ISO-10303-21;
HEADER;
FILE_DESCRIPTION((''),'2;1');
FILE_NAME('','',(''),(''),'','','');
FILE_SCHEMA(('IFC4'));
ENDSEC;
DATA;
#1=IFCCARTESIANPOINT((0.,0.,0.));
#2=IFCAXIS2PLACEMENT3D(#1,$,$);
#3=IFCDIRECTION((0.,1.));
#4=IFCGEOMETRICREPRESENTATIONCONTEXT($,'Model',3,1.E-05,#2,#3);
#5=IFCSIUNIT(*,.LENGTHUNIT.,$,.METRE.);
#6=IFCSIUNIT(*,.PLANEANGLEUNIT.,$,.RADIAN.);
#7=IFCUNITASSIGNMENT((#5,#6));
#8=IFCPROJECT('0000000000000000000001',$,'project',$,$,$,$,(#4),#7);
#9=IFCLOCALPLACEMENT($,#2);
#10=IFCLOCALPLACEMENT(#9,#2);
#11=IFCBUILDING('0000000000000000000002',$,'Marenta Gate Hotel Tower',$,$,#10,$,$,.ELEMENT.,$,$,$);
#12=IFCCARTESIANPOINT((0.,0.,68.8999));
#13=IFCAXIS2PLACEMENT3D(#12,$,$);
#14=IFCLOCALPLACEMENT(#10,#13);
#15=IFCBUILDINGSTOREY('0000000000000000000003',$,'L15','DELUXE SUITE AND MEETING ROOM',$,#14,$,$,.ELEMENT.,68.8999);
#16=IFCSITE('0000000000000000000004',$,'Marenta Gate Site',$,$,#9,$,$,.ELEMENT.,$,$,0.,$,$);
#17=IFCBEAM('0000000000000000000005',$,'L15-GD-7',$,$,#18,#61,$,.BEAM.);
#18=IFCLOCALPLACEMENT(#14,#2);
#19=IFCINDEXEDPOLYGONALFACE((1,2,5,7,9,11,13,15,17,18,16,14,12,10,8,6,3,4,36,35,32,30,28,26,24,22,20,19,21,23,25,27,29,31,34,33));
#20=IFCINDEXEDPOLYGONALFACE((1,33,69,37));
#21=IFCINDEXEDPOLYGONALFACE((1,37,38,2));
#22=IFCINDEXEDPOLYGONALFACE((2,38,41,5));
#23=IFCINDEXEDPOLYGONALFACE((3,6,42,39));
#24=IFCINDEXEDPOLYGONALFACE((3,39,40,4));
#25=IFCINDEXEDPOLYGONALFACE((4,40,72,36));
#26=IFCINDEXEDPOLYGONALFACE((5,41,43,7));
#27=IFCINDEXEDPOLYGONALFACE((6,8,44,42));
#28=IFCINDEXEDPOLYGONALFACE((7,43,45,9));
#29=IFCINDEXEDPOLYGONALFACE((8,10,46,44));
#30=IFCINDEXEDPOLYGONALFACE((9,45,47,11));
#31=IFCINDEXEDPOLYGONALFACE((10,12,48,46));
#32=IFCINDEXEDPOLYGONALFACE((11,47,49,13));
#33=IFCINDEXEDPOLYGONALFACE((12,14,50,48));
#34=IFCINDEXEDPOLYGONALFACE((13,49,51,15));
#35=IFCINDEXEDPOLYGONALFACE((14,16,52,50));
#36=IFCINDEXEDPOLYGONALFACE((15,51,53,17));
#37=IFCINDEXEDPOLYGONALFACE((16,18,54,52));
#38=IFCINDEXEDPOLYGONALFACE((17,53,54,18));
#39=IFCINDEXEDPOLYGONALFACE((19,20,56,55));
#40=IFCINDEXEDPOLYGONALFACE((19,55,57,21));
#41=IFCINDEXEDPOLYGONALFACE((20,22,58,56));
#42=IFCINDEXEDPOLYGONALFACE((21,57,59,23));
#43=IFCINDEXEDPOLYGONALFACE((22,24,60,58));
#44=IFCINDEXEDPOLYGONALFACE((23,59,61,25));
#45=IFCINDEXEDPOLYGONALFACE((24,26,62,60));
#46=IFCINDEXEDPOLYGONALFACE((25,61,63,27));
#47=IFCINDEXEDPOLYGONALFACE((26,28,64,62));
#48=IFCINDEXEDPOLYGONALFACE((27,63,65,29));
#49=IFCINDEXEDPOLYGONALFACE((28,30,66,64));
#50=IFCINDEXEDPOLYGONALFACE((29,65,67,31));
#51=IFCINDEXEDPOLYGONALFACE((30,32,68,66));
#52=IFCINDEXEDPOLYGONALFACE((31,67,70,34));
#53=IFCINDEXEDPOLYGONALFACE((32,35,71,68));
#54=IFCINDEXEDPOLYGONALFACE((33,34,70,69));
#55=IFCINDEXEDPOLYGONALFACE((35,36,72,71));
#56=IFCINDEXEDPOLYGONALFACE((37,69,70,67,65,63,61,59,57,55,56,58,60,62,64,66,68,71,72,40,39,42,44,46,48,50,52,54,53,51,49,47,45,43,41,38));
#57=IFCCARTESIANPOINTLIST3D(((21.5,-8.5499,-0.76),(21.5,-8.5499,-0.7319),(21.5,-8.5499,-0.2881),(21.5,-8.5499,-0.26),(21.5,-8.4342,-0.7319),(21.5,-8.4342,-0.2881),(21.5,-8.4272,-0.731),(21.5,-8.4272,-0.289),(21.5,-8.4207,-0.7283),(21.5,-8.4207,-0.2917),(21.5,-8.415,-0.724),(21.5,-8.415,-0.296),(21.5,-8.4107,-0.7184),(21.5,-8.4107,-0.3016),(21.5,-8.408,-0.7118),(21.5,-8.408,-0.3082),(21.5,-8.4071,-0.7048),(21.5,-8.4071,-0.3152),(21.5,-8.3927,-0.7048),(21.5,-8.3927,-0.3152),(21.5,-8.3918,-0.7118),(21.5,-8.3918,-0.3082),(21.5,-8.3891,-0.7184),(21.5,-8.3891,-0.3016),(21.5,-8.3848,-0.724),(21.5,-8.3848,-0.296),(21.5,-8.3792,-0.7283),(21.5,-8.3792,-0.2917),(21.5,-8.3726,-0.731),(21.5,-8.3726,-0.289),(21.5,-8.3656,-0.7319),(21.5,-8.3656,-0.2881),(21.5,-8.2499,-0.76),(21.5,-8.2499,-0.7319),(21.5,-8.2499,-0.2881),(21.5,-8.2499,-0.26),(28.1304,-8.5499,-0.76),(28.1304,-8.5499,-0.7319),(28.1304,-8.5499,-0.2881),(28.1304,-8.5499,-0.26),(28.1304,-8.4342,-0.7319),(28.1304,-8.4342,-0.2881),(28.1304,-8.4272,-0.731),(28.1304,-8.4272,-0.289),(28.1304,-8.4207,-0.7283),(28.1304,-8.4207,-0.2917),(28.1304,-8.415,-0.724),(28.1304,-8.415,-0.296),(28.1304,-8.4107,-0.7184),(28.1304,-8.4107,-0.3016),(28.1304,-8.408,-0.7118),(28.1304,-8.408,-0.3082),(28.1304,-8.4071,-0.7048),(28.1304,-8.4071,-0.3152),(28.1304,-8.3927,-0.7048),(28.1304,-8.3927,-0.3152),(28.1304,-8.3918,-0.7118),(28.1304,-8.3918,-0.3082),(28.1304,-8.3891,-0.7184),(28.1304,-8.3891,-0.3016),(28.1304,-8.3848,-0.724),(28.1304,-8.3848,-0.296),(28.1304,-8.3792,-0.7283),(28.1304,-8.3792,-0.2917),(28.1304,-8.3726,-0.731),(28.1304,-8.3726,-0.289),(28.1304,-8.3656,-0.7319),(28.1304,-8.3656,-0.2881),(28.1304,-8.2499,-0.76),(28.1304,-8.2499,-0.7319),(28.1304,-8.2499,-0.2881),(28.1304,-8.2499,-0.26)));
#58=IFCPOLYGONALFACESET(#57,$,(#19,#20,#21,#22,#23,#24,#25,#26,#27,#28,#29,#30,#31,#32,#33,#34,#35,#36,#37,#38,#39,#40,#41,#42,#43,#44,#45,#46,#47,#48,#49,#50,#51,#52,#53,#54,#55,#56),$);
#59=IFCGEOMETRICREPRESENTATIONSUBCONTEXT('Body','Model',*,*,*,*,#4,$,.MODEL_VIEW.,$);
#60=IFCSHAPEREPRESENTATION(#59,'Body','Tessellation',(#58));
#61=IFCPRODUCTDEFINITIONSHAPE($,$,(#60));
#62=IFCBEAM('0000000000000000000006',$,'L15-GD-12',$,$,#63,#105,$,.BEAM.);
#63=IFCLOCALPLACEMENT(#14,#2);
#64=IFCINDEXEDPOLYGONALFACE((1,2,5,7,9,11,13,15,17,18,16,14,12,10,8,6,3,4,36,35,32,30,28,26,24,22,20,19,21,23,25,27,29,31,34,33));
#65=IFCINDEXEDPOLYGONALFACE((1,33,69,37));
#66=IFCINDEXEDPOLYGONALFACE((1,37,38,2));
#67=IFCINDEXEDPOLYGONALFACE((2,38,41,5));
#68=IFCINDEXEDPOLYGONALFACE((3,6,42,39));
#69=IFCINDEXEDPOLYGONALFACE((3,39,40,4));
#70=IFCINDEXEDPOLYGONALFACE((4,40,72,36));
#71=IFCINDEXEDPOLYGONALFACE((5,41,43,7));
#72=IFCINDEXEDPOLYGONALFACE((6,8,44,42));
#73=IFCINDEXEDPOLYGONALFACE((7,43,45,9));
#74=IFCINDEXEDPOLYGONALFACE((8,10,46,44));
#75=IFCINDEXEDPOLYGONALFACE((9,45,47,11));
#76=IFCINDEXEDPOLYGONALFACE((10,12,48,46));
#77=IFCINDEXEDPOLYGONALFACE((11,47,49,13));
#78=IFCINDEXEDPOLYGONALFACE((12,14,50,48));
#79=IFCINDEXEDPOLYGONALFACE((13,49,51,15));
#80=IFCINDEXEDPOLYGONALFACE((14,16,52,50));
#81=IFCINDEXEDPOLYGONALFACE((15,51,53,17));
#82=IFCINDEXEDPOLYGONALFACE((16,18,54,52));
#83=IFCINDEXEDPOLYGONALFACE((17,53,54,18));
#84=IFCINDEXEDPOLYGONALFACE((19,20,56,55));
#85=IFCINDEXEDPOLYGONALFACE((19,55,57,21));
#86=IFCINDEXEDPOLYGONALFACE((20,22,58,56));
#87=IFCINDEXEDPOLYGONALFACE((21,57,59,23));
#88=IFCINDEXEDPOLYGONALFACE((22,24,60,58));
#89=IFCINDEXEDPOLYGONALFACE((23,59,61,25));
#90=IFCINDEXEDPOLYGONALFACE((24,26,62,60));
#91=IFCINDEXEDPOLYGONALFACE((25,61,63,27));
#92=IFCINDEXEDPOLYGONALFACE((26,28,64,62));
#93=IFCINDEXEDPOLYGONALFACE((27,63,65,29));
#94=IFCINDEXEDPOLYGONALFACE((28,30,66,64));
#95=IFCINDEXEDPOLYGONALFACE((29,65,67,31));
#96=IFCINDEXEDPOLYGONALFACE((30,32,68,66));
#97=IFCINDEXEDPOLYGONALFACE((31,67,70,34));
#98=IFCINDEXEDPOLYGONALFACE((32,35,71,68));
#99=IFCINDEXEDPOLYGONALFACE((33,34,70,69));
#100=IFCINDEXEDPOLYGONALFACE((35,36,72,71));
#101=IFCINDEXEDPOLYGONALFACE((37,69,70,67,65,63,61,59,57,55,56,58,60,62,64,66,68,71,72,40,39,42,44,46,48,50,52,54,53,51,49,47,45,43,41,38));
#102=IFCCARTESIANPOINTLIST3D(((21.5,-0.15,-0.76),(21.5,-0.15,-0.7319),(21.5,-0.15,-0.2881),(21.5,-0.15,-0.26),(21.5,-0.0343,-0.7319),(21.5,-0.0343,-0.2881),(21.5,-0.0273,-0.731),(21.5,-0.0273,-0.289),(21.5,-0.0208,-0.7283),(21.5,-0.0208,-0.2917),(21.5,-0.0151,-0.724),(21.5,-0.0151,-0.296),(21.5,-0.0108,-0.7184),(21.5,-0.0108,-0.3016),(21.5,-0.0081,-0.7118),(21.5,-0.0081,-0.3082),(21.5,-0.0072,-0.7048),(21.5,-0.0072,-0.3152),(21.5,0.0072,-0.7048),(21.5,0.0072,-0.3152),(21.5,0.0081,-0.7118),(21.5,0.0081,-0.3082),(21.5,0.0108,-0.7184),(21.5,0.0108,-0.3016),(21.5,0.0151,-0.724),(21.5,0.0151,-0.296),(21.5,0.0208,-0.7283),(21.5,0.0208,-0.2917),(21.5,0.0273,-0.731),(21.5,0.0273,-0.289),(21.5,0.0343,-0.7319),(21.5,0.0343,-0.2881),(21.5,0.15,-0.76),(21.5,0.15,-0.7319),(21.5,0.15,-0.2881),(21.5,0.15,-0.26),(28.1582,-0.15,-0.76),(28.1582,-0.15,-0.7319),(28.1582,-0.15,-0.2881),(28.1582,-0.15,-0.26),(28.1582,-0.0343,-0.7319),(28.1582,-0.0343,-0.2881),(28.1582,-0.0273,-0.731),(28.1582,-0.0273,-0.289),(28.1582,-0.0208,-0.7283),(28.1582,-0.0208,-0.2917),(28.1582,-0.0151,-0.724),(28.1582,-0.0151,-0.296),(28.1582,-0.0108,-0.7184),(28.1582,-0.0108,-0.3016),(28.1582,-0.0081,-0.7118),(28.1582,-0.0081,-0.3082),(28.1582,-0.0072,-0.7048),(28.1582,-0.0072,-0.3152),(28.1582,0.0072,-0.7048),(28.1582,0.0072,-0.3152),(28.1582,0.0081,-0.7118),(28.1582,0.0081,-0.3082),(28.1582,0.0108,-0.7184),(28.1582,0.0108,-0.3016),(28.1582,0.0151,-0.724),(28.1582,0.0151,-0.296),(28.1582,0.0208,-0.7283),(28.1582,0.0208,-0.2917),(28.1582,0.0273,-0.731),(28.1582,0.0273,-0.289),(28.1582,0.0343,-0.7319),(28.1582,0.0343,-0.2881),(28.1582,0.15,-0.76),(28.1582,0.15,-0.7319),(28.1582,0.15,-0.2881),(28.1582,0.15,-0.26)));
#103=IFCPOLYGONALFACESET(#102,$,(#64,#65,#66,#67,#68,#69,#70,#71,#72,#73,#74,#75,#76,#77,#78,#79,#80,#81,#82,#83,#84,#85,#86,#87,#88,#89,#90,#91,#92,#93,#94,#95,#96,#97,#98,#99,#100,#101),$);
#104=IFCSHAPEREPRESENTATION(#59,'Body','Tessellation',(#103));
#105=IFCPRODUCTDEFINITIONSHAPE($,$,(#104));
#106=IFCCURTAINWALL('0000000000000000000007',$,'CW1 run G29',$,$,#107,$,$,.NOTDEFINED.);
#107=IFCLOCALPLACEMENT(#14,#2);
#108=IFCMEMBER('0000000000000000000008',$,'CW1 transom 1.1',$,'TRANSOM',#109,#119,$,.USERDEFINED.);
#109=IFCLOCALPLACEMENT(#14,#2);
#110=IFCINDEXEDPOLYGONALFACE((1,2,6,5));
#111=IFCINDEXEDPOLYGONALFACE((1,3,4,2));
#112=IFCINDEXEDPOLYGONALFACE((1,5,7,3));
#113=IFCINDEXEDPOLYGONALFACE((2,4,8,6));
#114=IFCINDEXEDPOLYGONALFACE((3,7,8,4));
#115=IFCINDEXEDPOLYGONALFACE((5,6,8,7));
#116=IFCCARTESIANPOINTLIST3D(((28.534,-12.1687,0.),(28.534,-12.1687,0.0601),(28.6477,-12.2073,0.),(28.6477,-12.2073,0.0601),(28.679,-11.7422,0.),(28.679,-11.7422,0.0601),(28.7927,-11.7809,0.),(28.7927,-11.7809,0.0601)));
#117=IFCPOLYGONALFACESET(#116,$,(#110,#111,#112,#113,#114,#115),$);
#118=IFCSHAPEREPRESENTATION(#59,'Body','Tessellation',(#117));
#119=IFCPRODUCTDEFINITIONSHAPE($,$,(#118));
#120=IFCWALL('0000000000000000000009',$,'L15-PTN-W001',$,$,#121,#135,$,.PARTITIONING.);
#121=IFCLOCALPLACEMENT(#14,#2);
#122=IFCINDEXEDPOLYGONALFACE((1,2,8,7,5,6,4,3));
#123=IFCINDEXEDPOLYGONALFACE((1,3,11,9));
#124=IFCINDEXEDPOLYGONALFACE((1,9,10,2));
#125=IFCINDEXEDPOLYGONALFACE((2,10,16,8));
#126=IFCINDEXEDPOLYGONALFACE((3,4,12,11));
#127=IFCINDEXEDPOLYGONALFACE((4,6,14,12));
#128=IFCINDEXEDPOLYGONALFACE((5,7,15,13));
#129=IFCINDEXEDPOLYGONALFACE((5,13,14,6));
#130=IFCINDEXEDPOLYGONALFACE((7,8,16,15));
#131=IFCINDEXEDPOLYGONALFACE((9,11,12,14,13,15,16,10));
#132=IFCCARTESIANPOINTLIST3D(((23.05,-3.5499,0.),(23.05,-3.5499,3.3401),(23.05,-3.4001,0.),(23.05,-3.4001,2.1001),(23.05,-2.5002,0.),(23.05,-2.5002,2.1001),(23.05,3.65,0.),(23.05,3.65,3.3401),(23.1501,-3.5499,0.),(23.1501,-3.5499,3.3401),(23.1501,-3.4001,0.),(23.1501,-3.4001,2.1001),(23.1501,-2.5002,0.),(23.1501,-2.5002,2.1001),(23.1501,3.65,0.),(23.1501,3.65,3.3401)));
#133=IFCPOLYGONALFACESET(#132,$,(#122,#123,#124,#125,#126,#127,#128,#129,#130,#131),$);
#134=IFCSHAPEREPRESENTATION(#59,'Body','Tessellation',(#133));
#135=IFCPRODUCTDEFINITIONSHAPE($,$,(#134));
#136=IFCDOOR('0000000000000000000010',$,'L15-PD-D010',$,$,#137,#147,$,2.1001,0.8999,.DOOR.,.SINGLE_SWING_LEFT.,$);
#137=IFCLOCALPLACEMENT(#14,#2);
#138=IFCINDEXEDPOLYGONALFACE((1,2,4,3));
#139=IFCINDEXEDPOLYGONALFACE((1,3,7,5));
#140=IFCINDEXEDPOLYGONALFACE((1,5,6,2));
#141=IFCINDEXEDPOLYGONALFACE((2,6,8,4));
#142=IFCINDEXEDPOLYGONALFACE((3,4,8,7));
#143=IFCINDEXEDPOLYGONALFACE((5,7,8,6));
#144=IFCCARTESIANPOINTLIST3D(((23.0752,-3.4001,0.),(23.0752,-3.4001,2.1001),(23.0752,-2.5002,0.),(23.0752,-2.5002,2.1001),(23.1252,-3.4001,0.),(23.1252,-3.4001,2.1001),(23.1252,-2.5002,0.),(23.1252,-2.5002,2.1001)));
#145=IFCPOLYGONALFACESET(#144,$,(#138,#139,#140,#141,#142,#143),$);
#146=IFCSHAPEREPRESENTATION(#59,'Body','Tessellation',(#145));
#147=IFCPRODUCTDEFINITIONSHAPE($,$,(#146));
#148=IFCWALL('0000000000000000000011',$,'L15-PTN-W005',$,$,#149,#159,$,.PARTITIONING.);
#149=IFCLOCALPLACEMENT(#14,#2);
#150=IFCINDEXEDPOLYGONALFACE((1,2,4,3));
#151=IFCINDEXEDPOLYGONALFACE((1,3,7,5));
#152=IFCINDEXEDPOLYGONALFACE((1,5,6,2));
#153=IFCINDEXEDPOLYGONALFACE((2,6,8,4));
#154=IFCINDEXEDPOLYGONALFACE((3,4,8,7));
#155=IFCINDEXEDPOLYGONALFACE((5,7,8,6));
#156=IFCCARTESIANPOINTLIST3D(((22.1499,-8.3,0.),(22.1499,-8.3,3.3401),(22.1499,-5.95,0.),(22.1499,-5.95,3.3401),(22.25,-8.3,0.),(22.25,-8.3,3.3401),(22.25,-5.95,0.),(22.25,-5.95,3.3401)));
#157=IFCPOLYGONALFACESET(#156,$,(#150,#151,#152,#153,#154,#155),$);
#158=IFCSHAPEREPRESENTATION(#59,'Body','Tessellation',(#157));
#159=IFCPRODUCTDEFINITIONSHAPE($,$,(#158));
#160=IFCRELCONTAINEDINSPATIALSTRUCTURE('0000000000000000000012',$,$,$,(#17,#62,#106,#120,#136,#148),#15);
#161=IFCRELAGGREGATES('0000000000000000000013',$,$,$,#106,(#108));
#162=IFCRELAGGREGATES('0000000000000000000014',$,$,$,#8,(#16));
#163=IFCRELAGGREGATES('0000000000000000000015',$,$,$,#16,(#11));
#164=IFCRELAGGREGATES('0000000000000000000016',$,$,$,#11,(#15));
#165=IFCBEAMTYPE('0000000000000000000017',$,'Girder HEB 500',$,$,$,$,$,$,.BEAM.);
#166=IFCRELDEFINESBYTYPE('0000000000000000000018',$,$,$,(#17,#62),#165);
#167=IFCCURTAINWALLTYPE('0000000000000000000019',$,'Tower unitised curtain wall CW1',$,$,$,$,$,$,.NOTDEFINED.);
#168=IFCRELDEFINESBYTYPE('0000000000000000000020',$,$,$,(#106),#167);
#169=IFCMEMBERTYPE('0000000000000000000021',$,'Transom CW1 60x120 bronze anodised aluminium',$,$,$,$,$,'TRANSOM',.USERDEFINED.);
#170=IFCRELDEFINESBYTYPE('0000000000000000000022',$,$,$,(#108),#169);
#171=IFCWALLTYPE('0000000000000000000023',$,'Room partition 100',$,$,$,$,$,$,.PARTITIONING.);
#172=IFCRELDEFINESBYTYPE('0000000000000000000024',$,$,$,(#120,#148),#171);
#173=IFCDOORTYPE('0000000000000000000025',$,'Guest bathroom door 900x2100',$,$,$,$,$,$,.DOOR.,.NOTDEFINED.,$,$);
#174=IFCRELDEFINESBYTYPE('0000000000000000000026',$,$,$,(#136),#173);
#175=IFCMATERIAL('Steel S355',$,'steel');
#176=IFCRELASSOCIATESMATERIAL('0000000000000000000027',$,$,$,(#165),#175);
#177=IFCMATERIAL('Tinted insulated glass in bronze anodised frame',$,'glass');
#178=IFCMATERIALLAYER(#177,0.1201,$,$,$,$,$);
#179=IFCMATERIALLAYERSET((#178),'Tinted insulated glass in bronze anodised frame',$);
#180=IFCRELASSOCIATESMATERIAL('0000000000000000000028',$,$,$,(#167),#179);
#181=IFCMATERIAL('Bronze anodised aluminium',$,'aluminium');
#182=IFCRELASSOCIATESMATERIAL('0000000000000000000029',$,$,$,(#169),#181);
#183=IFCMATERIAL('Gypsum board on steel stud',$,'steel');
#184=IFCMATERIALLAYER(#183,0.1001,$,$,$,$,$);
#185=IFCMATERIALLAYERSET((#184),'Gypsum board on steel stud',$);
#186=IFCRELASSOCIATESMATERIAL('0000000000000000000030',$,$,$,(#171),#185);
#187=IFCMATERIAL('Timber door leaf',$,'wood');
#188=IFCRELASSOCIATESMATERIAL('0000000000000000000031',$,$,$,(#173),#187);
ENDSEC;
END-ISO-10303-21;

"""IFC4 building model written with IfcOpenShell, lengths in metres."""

from ifc_helpers import new_model, si_unit, direction, frame, frame_2d, origin, origin_2d, place, context, subcontext, project, spatial, rectangle, i_section, extrude, material, layer, layer_set, material_profile, profile_set, type_object, element, fill, aggregate, save


model = new_model("IFC4")

# Units and contexts
model_context = context("Model", 3, precision=1e-05, world=origin(), true_north=direction((0.0, 1.0)))
body_context = subcontext(model_context, "Body", "Model", "MODEL_VIEW")
ifc_project = project(units=[si_unit("LENGTHUNIT", "METRE"), si_unit("PLANEANGLEUNIT", "RADIAN")], contexts=[model_context])

# Site, building, storey
site_placement = place(None, origin())
site = spatial("IfcSite", under=ifc_project, at=site_placement, Name="Marenta Gate Site", CompositionType="ELEMENT", RefElevation=0.0)
building_placement = place(site_placement, origin())
building = spatial("IfcBuilding", under=site, at=building_placement, Name="Marenta Gate Hotel Tower", CompositionType="ELEMENT")
storey_placement = place(building_placement, frame((0.0, 0.0, 68.8999)))
storey = spatial("IfcBuildingStorey", under=building, at=storey_placement, Name="L15", Description="DELUXE SUITE AND MEETING ROOM", CompositionType="ELEMENT", Elevation=68.8999)

# Beams
ifc_material_1 = material(Name="Steel S355", Category="steel")
ifc_material_profile_1 = material_profile(ifc_material_1, i_section(OverallWidth=0.3, OverallDepth=0.5, WebThickness=0.0144, FlangeThickness=0.0281, FilletRadius=0.0271, at=origin_2d()), Name="HEB 500")
ifc_profile_set_1 = profile_set([ifc_material_profile_1], Name="Steel S355")
beam_type_1 = type_object("IfcBeamType", Name="Girder HEB 500", PredefinedType="BEAM", material=ifc_profile_set_1)
beam_1_placement = place(storey_placement, frame((21.5, -8.3999, -0.51), z_axis=(1.0, 0.0, 0.0), x_axis=(0.0, 1.0, 0.0)))
element("IfcBeam", 1, at=beam_1_placement, inside=storey, type_object=beam_type_1, Name="L15-GD-7", PredefinedType="BEAM", context=body_context, shape_type="SweptSolid", body=[
    extrude(i_section(OverallWidth=0.3, OverallDepth=0.5, WebThickness=0.0144, FlangeThickness=0.0281, FilletRadius=0.0271, at=origin_2d()), origin(), (0.0, 0.0, 1.0), 6.6304),
])
beam_2_placement = place(storey_placement, frame((21.5, 0.0, -0.51), z_axis=(1.0, 0.0, 0.0), x_axis=(0.0, 1.0, 0.0)))
element("IfcBeam", 2, at=beam_2_placement, inside=storey, type_object=beam_type_1, Name="L15-GD-12", PredefinedType="BEAM", context=body_context, shape_type="SweptSolid", body=[
    extrude(i_section(OverallWidth=0.3, OverallDepth=0.5, WebThickness=0.0144, FlangeThickness=0.0281, FilletRadius=0.0271, at=origin_2d()), origin(), (0.0, 0.0, 1.0), 6.6582),
])

# Curtain wall, member
ifc_material_2 = material(Name="Tinted insulated glass in bronze anodised frame", Category="glass")
ifc_layer_1 = layer(ifc_material_2, 0.1201)
ifc_layer_set_1 = layer_set([ifc_layer_1], Name="Tinted insulated glass in bronze anodised frame")
curtain_wall_type = type_object("IfcCurtainWallType", Name="Tower unitised curtain wall CW1", PredefinedType="NOTDEFINED", material=ifc_layer_set_1)
curtain_wall_placement = place(storey_placement, origin())
curtain_wall = element("IfcCurtainWall", 3, at=curtain_wall_placement, inside=storey, type_object=curtain_wall_type, Name="CW1 run G29", PredefinedType="NOTDEFINED")
ifc_material_3 = material(Name="Bronze anodised aluminium", Category="aluminium")
ifc_material_profile_2 = material_profile(ifc_material_3, rectangle(XDim=0.1201, YDim=0.0601, at=origin_2d()), Name="Transom CW1 60x120 bronze anodised aluminium")
ifc_profile_set_2 = profile_set([ifc_material_profile_2], Name="Bronze anodised aluminium")
member_type = type_object("IfcMemberType", Name="Transom CW1 60x120 bronze anodised aluminium", ElementType="TRANSOM", PredefinedType="USERDEFINED", material=ifc_profile_set_2)
member_placement = place(storey_placement, frame((28.5908, -12.188, 0.03), z_axis=(0.321912, 0.946769, 0.0), x_axis=(-0.946769, 0.321912, 0.0)))
member = element("IfcMember", 4, at=member_placement, type_object=member_type, Name="CW1 transom 1.1", ObjectType="TRANSOM", PredefinedType="USERDEFINED", context=body_context, shape_type="SweptSolid", body=[
    extrude(rectangle(XDim=0.1201, YDim=0.0601, at=origin_2d()), origin(), (0.0, 0.0, 1.0), 0.4504),
])
aggregate(curtain_wall, [member])

# Wall, opening, door
ifc_material_4 = material(Name="Gypsum board on steel stud", Category="steel")
ifc_layer_2 = layer(ifc_material_4, 0.1001)
ifc_layer_set_2 = layer_set([ifc_layer_2], Name="Gypsum board on steel stud")
wall_type_1 = type_object("IfcWallType", Name="Room partition 100", PredefinedType="PARTITIONING", material=ifc_layer_set_2)
wall_1_placement = place(storey_placement, frame((23.1001, -3.55, 0.0), z_axis=(0.0, 0.0, 1.0), x_axis=(0.0, 1.0, 0.0)))
wall_1 = element("IfcWall", 5, at=wall_1_placement, inside=storey, type_object=wall_type_1, Name="L15-PTN-W001", PredefinedType="PARTITIONING", context=body_context, shape_type="SweptSolid", body=[
    extrude(rectangle(XDim=7.2, YDim=0.1001, at=frame_2d((3.6001, 0.0))), origin(), (0.0, 0.0, 1.0), 3.3401),
])
opening_1_placement = place(wall_1_placement, frame((0.1499, 0.0, 0.0)))
opening_1 = element("IfcOpeningElement", 6, at=opening_1_placement, cuts=wall_1, PredefinedType="OPENING", context=body_context, shape_type="SweptSolid", body=[
    extrude(rectangle(XDim=0.8999, YDim=2.1001, at=frame_2d((0.45, 1.05))), frame((0.0, 0.05, 0.0), z_axis=(0.0, -1.0, 0.0), x_axis=(1.0, 0.0, 0.0)), (0.0, 0.0, 1.0), 0.1001),
])
ifc_material_5 = material(Name="Timber door leaf", Category="wood")
door_type_1 = type_object("IfcDoorType", Name="Guest bathroom door 900x2100", OperationType="NOTDEFINED", PredefinedType="DOOR", material=ifc_material_5)
door_1_placement = place(opening_1_placement, origin())
door_1 = element("IfcDoor", 7, at=door_1_placement, inside=storey, type_object=door_type_1, Name="L15-PD-D010", OperationType="SINGLE_SWING_LEFT", OverallHeight=2.1001, OverallWidth=0.8999, PredefinedType="DOOR", context=body_context, shape_type="SweptSolid", body=[
    extrude(rectangle(XDim=0.8999, YDim=2.1001, at=frame_2d((0.45, 1.05))), frame((0.0, 0.0249, 0.0), z_axis=(0.0, -1.0, 0.0), x_axis=(1.0, 0.0, 0.0)), (0.0, 0.0, 1.0), 0.05),
])
fill(opening_1, door_1)

# Wall
wall_2_placement = place(storey_placement, frame((22.2, -8.3, 0.0), z_axis=(0.0, 0.0, 1.0), x_axis=(0.0, 1.0, 0.0)))
element("IfcWall", 8, at=wall_2_placement, inside=storey, type_object=wall_type_1, Name="L15-PTN-W005", PredefinedType="PARTITIONING", context=body_context, shape_type="SweptSolid", body=[
    extrude(rectangle(XDim=2.3501, YDim=0.1001, at=frame_2d((1.175, 0.0))), origin(), (0.0, 0.0, 1.0), 3.3401),
])

save(model, "model.ifc")
